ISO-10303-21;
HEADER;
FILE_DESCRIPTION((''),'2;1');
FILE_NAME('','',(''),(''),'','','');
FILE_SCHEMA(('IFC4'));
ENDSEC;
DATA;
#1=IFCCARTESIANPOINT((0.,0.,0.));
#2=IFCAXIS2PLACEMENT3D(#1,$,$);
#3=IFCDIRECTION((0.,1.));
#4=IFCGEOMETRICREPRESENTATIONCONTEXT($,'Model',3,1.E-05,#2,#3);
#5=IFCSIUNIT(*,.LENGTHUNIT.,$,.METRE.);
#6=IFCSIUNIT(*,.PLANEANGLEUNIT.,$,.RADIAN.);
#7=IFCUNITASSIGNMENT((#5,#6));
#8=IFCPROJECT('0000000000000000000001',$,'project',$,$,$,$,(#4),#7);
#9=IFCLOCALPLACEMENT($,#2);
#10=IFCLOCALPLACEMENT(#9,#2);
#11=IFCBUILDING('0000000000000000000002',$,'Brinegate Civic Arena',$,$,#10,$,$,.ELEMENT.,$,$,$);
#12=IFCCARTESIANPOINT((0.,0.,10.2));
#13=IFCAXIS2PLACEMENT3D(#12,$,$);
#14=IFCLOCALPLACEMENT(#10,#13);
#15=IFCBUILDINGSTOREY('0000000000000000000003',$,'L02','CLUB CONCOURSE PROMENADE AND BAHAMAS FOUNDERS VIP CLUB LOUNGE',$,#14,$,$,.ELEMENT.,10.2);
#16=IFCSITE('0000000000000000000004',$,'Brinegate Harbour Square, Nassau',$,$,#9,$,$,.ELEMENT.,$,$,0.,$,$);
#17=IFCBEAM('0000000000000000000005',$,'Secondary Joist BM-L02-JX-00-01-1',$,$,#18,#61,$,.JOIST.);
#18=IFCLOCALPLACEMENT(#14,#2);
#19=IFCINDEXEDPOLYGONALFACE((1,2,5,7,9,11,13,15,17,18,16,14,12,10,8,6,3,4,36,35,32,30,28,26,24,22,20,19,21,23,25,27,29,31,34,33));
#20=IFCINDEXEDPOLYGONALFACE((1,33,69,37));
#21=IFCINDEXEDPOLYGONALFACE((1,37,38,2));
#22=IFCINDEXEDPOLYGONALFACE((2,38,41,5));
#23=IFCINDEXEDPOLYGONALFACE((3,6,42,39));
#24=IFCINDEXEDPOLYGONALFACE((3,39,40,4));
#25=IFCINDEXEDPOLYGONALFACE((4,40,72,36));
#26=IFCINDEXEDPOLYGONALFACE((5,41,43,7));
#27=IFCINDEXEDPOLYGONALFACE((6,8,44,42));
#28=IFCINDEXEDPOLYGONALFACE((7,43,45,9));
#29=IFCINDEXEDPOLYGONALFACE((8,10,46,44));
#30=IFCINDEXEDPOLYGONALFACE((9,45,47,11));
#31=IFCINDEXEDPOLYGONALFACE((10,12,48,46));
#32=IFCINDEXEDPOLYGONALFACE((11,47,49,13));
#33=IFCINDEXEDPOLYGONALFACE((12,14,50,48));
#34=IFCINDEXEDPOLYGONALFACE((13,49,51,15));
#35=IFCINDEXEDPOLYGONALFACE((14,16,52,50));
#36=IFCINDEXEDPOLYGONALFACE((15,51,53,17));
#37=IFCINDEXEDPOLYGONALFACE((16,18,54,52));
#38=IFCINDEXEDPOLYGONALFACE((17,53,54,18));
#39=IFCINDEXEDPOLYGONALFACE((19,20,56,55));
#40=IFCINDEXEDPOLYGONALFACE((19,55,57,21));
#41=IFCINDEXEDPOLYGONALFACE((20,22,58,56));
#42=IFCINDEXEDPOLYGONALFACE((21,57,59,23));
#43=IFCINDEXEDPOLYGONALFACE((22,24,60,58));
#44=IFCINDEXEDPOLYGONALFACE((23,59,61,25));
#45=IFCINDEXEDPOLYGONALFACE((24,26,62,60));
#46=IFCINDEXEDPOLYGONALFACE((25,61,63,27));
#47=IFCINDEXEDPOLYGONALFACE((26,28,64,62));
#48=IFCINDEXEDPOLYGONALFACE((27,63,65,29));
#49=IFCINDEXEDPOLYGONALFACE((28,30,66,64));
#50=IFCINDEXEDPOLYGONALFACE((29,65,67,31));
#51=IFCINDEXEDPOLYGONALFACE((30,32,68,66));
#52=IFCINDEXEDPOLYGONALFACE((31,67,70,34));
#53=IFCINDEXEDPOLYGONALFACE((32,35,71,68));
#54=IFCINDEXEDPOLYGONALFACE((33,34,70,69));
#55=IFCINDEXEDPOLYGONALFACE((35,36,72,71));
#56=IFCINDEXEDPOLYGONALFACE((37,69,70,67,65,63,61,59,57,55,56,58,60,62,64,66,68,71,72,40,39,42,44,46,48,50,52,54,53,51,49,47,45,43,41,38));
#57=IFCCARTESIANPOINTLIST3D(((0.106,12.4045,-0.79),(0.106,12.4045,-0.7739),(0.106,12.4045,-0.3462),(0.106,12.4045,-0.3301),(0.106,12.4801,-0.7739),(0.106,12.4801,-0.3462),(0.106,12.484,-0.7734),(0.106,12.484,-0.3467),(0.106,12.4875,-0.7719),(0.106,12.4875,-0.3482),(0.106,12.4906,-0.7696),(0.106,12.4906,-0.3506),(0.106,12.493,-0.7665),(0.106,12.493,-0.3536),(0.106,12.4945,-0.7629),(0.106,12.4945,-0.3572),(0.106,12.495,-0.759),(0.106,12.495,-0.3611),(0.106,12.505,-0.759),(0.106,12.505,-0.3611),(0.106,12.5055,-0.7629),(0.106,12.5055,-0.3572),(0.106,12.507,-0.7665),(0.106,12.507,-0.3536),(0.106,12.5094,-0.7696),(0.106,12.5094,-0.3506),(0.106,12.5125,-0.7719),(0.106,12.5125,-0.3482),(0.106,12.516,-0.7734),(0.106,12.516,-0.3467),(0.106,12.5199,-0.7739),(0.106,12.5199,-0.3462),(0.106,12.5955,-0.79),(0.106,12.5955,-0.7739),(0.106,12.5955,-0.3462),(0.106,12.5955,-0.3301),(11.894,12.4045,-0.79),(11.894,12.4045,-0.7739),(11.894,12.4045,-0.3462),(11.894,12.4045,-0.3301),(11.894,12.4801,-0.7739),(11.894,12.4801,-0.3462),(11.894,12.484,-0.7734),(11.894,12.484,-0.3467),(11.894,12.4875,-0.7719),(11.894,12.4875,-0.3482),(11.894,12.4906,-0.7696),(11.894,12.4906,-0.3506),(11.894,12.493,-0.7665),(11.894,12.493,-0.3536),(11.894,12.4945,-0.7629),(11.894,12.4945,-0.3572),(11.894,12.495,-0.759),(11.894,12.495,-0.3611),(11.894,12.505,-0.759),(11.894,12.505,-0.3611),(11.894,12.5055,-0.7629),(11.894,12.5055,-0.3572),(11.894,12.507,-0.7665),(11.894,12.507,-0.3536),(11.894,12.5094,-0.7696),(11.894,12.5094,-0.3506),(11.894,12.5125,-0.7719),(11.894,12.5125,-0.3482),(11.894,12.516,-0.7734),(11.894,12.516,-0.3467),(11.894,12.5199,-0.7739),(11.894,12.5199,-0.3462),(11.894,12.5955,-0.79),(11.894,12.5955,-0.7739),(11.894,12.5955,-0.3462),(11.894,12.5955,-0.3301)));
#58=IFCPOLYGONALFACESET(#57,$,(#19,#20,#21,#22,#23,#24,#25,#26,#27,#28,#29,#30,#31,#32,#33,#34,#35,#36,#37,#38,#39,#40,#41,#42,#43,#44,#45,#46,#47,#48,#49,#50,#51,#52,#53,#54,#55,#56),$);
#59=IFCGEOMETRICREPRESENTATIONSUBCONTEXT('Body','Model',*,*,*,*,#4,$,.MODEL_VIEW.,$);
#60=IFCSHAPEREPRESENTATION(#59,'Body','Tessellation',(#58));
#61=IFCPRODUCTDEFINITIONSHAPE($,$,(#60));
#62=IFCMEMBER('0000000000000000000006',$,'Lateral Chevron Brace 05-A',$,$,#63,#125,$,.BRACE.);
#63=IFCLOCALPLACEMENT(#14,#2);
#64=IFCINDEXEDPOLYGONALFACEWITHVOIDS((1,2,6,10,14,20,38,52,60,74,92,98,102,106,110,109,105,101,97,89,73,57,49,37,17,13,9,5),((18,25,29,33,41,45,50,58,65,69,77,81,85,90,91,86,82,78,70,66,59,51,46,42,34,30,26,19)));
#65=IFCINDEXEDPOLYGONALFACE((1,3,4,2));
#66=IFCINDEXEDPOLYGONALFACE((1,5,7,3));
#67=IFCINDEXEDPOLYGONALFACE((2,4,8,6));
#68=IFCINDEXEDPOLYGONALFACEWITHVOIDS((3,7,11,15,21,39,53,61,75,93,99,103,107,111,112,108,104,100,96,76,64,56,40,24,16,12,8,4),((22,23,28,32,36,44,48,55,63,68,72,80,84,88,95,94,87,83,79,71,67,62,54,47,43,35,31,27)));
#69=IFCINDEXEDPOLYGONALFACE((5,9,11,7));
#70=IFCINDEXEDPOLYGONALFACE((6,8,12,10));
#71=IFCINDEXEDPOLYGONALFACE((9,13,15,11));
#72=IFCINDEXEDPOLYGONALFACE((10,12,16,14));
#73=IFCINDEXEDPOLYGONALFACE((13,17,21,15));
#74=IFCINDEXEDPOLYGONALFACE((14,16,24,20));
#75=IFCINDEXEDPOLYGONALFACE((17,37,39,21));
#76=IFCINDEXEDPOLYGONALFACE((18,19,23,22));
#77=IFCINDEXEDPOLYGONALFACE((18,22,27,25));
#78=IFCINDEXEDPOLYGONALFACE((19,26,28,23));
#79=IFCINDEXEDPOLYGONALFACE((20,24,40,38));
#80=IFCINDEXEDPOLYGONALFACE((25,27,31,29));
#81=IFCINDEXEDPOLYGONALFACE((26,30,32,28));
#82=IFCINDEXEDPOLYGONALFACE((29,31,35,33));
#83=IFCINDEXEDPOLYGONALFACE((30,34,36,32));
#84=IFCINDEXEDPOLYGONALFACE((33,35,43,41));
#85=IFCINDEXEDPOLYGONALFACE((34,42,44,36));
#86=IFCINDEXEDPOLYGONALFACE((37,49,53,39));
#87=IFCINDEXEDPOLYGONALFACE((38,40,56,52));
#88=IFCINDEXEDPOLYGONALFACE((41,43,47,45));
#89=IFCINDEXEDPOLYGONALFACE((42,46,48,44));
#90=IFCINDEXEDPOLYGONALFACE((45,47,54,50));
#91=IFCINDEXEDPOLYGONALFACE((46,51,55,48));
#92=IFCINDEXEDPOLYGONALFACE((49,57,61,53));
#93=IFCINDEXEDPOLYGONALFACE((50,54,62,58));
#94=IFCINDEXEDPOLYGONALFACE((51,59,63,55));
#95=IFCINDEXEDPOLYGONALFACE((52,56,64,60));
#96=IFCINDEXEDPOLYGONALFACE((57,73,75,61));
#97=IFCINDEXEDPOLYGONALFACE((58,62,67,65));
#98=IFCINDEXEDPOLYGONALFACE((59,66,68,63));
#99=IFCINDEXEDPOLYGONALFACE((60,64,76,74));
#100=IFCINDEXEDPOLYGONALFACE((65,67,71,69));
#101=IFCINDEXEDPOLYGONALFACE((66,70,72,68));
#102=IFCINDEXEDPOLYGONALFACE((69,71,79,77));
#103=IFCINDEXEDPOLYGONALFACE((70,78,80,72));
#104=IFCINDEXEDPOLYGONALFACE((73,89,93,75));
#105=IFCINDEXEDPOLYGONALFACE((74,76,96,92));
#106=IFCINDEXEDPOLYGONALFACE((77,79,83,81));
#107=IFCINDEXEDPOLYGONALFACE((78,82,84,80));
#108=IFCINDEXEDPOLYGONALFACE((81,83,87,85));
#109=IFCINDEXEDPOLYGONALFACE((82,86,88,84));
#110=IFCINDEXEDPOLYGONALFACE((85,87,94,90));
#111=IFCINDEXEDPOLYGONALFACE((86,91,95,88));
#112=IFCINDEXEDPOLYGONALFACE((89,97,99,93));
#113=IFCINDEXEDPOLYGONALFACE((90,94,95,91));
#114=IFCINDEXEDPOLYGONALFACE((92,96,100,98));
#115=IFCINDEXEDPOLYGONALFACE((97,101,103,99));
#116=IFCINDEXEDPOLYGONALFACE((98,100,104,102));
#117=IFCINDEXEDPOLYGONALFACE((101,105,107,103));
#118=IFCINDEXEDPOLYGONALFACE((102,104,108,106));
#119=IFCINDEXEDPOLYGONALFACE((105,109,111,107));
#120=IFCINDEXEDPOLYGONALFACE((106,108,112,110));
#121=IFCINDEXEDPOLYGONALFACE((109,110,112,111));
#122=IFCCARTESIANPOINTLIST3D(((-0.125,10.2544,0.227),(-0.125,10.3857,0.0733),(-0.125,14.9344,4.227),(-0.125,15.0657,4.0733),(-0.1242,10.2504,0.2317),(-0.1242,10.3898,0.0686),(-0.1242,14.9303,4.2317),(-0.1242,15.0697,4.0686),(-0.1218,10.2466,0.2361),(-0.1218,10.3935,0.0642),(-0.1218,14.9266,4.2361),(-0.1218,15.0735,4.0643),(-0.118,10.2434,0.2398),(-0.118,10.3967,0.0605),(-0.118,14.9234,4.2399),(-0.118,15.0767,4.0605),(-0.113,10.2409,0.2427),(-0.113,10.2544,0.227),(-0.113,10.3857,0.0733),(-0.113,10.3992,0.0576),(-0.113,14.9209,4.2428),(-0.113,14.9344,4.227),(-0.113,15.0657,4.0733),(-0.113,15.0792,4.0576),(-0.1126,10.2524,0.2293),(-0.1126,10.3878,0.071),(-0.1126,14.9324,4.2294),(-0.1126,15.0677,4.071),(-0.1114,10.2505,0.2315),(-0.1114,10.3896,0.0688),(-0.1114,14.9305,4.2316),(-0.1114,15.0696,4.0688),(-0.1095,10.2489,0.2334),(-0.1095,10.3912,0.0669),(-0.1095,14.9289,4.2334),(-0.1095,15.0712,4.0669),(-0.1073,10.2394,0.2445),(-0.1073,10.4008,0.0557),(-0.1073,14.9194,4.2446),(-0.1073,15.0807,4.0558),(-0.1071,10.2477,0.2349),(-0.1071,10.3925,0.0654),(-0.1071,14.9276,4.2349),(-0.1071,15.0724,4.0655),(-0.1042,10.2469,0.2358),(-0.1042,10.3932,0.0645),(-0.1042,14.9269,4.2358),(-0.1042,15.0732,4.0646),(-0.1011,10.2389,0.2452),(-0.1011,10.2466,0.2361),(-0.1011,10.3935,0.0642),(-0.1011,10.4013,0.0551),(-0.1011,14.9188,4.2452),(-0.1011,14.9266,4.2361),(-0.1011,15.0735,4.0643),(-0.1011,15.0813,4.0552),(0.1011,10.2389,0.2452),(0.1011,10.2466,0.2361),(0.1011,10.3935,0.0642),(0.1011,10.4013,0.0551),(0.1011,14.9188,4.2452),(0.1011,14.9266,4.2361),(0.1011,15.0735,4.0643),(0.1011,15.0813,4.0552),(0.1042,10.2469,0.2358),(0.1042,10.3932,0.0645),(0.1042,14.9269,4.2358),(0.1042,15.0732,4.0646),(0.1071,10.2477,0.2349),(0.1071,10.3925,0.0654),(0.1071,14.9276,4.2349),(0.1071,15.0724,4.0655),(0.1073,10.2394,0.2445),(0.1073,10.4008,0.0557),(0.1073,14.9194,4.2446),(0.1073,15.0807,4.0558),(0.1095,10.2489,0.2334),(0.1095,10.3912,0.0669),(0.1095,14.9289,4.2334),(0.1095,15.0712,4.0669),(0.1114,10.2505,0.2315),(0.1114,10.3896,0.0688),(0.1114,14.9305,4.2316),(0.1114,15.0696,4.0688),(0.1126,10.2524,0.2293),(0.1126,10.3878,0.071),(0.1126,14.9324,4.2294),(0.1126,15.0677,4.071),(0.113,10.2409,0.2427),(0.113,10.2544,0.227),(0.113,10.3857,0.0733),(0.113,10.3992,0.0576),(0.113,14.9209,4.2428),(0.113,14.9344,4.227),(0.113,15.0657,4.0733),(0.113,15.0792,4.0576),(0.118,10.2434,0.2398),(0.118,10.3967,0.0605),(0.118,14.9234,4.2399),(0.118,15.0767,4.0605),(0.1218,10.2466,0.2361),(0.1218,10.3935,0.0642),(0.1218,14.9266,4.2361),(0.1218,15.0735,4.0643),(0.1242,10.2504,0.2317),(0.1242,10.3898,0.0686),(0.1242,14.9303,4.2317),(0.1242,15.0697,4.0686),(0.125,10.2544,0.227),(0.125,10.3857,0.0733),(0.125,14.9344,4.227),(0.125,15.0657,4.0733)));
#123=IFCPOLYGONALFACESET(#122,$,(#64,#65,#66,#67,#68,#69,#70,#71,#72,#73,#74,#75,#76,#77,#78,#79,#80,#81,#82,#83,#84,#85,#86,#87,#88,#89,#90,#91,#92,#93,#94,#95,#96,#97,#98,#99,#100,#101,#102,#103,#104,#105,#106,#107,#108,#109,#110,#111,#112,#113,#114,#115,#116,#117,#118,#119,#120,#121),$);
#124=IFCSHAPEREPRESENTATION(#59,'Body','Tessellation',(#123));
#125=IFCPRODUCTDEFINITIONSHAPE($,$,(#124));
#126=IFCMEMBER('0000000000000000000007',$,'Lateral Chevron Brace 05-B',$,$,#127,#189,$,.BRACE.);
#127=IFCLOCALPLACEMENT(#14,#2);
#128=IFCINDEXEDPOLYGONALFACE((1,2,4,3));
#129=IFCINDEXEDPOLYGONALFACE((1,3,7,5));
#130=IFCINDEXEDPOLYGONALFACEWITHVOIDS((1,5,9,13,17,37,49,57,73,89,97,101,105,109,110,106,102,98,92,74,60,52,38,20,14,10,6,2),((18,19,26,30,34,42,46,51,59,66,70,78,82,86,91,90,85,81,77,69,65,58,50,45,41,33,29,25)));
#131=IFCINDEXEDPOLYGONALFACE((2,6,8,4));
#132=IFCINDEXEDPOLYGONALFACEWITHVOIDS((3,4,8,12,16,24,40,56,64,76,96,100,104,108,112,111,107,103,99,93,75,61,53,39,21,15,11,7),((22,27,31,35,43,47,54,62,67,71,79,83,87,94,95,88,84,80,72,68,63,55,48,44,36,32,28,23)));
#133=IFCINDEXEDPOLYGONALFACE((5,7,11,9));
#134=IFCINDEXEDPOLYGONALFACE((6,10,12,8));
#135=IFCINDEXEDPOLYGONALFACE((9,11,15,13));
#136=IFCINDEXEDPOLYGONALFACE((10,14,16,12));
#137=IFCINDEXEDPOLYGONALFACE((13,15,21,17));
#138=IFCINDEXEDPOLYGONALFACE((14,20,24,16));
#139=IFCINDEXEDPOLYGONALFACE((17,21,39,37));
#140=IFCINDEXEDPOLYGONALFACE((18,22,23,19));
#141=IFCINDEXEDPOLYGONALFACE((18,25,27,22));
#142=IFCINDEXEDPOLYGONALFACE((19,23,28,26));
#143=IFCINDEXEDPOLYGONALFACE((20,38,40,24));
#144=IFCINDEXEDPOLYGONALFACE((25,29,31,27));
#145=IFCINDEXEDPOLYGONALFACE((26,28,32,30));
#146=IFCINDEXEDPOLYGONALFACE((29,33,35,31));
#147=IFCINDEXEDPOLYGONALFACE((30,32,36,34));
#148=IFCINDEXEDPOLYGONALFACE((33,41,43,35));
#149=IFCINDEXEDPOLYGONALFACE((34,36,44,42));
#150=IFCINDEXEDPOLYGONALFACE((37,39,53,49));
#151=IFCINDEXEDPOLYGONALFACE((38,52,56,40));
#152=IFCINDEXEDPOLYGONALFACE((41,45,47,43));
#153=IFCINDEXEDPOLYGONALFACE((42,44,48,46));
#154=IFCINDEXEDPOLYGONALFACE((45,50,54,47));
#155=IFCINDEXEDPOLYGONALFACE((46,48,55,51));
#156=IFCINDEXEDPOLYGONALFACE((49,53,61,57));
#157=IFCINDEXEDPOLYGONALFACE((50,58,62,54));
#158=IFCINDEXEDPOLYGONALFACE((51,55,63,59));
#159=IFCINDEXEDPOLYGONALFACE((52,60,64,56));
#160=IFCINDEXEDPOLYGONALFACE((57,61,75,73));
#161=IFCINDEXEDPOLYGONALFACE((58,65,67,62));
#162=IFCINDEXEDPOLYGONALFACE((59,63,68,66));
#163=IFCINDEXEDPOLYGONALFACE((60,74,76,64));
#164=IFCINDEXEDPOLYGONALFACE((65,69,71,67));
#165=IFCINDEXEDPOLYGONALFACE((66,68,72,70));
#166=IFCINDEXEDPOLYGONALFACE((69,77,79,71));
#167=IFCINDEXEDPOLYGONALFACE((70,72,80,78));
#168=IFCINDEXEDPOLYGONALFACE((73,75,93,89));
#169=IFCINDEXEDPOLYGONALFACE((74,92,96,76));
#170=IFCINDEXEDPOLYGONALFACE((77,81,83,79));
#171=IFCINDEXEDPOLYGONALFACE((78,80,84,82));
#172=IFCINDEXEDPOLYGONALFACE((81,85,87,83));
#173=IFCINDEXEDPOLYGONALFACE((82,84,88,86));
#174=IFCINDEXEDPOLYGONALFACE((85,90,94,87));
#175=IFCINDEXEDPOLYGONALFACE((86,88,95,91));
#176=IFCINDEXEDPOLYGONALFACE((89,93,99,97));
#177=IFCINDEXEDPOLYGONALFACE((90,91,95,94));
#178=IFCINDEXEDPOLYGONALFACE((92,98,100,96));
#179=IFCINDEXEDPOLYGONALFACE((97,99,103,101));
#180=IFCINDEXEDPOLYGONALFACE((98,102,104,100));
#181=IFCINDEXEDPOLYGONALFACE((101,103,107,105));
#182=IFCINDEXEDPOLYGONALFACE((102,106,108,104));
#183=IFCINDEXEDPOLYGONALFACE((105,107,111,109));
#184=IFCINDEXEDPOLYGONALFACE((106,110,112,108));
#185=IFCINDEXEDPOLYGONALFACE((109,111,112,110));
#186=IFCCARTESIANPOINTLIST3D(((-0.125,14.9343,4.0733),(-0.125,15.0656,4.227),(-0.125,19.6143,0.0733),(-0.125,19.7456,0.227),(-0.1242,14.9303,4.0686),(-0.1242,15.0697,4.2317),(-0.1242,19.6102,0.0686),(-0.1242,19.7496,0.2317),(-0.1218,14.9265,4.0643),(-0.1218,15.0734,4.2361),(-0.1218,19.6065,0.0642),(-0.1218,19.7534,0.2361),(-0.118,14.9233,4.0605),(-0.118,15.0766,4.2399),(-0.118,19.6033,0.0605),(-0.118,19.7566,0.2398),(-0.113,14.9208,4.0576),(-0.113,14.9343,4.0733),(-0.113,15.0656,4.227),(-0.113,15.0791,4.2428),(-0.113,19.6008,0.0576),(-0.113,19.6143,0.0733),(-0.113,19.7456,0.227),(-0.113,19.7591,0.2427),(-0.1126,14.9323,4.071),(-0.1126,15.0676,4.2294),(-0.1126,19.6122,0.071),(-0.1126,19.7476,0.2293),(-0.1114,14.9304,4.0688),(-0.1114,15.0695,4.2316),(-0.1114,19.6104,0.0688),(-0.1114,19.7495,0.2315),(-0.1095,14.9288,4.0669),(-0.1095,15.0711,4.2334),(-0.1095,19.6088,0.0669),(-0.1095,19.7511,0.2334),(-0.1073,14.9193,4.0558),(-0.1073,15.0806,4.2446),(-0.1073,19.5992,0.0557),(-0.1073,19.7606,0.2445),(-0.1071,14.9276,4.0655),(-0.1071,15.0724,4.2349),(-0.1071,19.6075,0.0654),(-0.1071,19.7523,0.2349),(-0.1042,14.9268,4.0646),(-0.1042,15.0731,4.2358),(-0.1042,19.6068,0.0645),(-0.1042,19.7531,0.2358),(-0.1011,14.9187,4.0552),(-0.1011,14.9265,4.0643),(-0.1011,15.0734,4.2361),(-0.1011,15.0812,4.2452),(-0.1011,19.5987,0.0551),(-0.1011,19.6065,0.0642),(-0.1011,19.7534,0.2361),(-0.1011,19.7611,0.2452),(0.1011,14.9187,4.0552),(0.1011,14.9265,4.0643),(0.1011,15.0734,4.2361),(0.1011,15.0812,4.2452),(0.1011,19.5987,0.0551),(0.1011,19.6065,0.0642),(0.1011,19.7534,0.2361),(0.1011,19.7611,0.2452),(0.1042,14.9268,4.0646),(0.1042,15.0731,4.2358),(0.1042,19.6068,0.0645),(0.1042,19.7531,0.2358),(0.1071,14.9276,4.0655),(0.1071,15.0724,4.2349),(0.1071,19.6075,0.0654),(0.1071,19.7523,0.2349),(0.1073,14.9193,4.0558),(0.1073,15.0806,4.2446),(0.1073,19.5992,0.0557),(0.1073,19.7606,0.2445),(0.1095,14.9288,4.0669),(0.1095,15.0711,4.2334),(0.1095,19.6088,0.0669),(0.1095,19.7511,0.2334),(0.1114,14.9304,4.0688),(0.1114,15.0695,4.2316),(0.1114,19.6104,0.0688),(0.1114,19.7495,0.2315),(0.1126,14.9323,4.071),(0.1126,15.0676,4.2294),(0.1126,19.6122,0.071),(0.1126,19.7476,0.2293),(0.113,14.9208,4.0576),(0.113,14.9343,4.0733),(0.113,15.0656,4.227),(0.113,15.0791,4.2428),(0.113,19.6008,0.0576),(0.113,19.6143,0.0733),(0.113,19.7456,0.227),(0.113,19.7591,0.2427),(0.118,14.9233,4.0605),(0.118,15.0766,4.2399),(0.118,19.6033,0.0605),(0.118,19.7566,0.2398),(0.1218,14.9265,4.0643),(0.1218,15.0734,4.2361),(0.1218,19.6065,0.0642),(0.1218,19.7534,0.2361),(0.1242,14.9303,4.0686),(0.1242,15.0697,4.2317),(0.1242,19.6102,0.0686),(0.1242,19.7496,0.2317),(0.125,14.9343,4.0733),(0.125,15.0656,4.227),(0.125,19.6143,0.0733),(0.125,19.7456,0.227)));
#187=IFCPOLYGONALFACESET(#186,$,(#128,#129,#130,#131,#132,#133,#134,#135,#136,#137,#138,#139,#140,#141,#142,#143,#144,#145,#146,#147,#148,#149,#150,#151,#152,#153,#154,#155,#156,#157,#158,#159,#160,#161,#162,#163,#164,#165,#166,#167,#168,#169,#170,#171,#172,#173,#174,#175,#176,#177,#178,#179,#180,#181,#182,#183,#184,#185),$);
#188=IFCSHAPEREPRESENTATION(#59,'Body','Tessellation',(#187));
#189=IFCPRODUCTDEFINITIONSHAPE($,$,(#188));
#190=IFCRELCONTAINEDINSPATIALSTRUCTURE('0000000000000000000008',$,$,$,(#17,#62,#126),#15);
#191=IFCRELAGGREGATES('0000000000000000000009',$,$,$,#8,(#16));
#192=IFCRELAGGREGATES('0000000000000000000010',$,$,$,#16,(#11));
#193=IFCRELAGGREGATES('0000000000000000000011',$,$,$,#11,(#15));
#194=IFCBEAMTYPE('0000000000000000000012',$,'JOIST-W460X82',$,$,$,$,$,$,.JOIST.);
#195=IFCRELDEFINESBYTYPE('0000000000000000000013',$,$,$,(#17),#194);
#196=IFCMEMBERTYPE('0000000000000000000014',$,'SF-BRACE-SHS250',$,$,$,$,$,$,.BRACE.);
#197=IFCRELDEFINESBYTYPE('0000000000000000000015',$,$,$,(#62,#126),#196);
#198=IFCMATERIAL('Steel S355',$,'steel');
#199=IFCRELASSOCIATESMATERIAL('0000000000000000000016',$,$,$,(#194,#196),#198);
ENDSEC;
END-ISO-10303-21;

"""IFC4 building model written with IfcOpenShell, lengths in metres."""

from ifc_helpers import new_model, si_unit, direction, frame, origin, origin_2d, place, context, subcontext, project, spatial, hollow_rectangle, i_section, extrude, material, material_profile, profile_set, type_object, element, save


model = new_model("IFC4")

# Units and contexts
model_context = context("Model", 3, precision=1e-05, world=origin(), true_north=direction((0.0, 1.0)))
body_context = subcontext(model_context, "Body", "Model", "MODEL_VIEW")
ifc_project = project(units=[si_unit("LENGTHUNIT", "METRE"), si_unit("PLANEANGLEUNIT", "RADIAN")], contexts=[model_context])

# Site, building, storey
site_placement = place(None, origin())
site = spatial("IfcSite", under=ifc_project, at=site_placement, Name="Brinegate Harbour Square, Nassau", CompositionType="ELEMENT", RefElevation=0.0)
building_placement = place(site_placement, origin())
building = spatial("IfcBuilding", under=site, at=building_placement, Name="Brinegate Civic Arena", CompositionType="ELEMENT")
storey_placement = place(building_placement, frame((0.0, 0.0, 10.2)))
storey = spatial("IfcBuildingStorey", under=building, at=storey_placement, Name="L02", Description="CLUB CONCOURSE PROMENADE AND BAHAMAS FOUNDERS VIP CLUB LOUNGE", CompositionType="ELEMENT", Elevation=10.2)

# Beam
ifc_material_1 = material(Name="Steel S355", Category="steel")
ifc_material_profile_1 = material_profile(ifc_material_1, i_section(OverallWidth=0.1909, OverallDepth=0.46, WebThickness=0.01, FlangeThickness=0.0161, FilletRadius=0.0149, at=origin_2d()), Name="W460X82")
ifc_profile_set_1 = profile_set([ifc_material_profile_1], Name="Steel S355")
beam_type_1 = type_object("IfcBeamType", Name="JOIST-W460X82", PredefinedType="JOIST", material=ifc_profile_set_1)
beam_1_placement = place(storey_placement, frame((0.106, 12.5, -0.5601), z_axis=(1.0, 0.0, 0.0), x_axis=(0.0, 1.0, 0.0)))
element("IfcBeam", 1, at=beam_1_placement, inside=storey, type_object=beam_type_1, Name="Secondary Joist BM-L02-JX-00-01-1", PredefinedType="JOIST", context=body_context, shape_type="SweptSolid", body=[
    extrude(i_section(OverallWidth=0.1909, OverallDepth=0.46, WebThickness=0.01, FlangeThickness=0.0161, FilletRadius=0.0149, at=origin_2d()), origin(), (0.0, 0.0, 1.0), 11.7881),
])

# Members
ifc_material_profile_2 = material_profile(ifc_material_1, hollow_rectangle(XDim=0.25, YDim=0.25, WallThickness=0.012, InnerFilletRadius=0.012, OuterFilletRadius=0.0239, at=origin_2d()), Name="SHS250X12")
ifc_profile_set_2 = profile_set([ifc_material_profile_2], Name="Steel S355")
member_type = type_object("IfcMemberType", Name="SF-BRACE-SHS250", PredefinedType="BRACE", material=ifc_profile_set_2)
for number, where, z_axis, x_axis, name in (
    (2, (0.0, 10.3201, 0.1501), (0.0, 0.760168, 0.649726), (-1.0, 0.0, 0.0), "Lateral Chevron Brace 05-A"),
    (3, (0.0, 19.6799, 0.1501), (0.0, -0.760168, 0.649726), (1.0, 0.0, 0.0), "Lateral Chevron Brace 05-B"),
):
    element("IfcMember", number, at=place(storey_placement, frame(where, z_axis=z_axis, x_axis=x_axis)), inside=storey, type_object=member_type, Name=name, PredefinedType="BRACE", context=body_context, shape_type="SweptSolid", body=[
        extrude(hollow_rectangle(XDim=0.25, YDim=0.25, WallThickness=0.012, InnerFilletRadius=0.012, OuterFilletRadius=0.0239, at=origin_2d()), origin(), (0.0, 0.0, 1.0), 6.1565),
    ])

save(model, "model.ifc")
